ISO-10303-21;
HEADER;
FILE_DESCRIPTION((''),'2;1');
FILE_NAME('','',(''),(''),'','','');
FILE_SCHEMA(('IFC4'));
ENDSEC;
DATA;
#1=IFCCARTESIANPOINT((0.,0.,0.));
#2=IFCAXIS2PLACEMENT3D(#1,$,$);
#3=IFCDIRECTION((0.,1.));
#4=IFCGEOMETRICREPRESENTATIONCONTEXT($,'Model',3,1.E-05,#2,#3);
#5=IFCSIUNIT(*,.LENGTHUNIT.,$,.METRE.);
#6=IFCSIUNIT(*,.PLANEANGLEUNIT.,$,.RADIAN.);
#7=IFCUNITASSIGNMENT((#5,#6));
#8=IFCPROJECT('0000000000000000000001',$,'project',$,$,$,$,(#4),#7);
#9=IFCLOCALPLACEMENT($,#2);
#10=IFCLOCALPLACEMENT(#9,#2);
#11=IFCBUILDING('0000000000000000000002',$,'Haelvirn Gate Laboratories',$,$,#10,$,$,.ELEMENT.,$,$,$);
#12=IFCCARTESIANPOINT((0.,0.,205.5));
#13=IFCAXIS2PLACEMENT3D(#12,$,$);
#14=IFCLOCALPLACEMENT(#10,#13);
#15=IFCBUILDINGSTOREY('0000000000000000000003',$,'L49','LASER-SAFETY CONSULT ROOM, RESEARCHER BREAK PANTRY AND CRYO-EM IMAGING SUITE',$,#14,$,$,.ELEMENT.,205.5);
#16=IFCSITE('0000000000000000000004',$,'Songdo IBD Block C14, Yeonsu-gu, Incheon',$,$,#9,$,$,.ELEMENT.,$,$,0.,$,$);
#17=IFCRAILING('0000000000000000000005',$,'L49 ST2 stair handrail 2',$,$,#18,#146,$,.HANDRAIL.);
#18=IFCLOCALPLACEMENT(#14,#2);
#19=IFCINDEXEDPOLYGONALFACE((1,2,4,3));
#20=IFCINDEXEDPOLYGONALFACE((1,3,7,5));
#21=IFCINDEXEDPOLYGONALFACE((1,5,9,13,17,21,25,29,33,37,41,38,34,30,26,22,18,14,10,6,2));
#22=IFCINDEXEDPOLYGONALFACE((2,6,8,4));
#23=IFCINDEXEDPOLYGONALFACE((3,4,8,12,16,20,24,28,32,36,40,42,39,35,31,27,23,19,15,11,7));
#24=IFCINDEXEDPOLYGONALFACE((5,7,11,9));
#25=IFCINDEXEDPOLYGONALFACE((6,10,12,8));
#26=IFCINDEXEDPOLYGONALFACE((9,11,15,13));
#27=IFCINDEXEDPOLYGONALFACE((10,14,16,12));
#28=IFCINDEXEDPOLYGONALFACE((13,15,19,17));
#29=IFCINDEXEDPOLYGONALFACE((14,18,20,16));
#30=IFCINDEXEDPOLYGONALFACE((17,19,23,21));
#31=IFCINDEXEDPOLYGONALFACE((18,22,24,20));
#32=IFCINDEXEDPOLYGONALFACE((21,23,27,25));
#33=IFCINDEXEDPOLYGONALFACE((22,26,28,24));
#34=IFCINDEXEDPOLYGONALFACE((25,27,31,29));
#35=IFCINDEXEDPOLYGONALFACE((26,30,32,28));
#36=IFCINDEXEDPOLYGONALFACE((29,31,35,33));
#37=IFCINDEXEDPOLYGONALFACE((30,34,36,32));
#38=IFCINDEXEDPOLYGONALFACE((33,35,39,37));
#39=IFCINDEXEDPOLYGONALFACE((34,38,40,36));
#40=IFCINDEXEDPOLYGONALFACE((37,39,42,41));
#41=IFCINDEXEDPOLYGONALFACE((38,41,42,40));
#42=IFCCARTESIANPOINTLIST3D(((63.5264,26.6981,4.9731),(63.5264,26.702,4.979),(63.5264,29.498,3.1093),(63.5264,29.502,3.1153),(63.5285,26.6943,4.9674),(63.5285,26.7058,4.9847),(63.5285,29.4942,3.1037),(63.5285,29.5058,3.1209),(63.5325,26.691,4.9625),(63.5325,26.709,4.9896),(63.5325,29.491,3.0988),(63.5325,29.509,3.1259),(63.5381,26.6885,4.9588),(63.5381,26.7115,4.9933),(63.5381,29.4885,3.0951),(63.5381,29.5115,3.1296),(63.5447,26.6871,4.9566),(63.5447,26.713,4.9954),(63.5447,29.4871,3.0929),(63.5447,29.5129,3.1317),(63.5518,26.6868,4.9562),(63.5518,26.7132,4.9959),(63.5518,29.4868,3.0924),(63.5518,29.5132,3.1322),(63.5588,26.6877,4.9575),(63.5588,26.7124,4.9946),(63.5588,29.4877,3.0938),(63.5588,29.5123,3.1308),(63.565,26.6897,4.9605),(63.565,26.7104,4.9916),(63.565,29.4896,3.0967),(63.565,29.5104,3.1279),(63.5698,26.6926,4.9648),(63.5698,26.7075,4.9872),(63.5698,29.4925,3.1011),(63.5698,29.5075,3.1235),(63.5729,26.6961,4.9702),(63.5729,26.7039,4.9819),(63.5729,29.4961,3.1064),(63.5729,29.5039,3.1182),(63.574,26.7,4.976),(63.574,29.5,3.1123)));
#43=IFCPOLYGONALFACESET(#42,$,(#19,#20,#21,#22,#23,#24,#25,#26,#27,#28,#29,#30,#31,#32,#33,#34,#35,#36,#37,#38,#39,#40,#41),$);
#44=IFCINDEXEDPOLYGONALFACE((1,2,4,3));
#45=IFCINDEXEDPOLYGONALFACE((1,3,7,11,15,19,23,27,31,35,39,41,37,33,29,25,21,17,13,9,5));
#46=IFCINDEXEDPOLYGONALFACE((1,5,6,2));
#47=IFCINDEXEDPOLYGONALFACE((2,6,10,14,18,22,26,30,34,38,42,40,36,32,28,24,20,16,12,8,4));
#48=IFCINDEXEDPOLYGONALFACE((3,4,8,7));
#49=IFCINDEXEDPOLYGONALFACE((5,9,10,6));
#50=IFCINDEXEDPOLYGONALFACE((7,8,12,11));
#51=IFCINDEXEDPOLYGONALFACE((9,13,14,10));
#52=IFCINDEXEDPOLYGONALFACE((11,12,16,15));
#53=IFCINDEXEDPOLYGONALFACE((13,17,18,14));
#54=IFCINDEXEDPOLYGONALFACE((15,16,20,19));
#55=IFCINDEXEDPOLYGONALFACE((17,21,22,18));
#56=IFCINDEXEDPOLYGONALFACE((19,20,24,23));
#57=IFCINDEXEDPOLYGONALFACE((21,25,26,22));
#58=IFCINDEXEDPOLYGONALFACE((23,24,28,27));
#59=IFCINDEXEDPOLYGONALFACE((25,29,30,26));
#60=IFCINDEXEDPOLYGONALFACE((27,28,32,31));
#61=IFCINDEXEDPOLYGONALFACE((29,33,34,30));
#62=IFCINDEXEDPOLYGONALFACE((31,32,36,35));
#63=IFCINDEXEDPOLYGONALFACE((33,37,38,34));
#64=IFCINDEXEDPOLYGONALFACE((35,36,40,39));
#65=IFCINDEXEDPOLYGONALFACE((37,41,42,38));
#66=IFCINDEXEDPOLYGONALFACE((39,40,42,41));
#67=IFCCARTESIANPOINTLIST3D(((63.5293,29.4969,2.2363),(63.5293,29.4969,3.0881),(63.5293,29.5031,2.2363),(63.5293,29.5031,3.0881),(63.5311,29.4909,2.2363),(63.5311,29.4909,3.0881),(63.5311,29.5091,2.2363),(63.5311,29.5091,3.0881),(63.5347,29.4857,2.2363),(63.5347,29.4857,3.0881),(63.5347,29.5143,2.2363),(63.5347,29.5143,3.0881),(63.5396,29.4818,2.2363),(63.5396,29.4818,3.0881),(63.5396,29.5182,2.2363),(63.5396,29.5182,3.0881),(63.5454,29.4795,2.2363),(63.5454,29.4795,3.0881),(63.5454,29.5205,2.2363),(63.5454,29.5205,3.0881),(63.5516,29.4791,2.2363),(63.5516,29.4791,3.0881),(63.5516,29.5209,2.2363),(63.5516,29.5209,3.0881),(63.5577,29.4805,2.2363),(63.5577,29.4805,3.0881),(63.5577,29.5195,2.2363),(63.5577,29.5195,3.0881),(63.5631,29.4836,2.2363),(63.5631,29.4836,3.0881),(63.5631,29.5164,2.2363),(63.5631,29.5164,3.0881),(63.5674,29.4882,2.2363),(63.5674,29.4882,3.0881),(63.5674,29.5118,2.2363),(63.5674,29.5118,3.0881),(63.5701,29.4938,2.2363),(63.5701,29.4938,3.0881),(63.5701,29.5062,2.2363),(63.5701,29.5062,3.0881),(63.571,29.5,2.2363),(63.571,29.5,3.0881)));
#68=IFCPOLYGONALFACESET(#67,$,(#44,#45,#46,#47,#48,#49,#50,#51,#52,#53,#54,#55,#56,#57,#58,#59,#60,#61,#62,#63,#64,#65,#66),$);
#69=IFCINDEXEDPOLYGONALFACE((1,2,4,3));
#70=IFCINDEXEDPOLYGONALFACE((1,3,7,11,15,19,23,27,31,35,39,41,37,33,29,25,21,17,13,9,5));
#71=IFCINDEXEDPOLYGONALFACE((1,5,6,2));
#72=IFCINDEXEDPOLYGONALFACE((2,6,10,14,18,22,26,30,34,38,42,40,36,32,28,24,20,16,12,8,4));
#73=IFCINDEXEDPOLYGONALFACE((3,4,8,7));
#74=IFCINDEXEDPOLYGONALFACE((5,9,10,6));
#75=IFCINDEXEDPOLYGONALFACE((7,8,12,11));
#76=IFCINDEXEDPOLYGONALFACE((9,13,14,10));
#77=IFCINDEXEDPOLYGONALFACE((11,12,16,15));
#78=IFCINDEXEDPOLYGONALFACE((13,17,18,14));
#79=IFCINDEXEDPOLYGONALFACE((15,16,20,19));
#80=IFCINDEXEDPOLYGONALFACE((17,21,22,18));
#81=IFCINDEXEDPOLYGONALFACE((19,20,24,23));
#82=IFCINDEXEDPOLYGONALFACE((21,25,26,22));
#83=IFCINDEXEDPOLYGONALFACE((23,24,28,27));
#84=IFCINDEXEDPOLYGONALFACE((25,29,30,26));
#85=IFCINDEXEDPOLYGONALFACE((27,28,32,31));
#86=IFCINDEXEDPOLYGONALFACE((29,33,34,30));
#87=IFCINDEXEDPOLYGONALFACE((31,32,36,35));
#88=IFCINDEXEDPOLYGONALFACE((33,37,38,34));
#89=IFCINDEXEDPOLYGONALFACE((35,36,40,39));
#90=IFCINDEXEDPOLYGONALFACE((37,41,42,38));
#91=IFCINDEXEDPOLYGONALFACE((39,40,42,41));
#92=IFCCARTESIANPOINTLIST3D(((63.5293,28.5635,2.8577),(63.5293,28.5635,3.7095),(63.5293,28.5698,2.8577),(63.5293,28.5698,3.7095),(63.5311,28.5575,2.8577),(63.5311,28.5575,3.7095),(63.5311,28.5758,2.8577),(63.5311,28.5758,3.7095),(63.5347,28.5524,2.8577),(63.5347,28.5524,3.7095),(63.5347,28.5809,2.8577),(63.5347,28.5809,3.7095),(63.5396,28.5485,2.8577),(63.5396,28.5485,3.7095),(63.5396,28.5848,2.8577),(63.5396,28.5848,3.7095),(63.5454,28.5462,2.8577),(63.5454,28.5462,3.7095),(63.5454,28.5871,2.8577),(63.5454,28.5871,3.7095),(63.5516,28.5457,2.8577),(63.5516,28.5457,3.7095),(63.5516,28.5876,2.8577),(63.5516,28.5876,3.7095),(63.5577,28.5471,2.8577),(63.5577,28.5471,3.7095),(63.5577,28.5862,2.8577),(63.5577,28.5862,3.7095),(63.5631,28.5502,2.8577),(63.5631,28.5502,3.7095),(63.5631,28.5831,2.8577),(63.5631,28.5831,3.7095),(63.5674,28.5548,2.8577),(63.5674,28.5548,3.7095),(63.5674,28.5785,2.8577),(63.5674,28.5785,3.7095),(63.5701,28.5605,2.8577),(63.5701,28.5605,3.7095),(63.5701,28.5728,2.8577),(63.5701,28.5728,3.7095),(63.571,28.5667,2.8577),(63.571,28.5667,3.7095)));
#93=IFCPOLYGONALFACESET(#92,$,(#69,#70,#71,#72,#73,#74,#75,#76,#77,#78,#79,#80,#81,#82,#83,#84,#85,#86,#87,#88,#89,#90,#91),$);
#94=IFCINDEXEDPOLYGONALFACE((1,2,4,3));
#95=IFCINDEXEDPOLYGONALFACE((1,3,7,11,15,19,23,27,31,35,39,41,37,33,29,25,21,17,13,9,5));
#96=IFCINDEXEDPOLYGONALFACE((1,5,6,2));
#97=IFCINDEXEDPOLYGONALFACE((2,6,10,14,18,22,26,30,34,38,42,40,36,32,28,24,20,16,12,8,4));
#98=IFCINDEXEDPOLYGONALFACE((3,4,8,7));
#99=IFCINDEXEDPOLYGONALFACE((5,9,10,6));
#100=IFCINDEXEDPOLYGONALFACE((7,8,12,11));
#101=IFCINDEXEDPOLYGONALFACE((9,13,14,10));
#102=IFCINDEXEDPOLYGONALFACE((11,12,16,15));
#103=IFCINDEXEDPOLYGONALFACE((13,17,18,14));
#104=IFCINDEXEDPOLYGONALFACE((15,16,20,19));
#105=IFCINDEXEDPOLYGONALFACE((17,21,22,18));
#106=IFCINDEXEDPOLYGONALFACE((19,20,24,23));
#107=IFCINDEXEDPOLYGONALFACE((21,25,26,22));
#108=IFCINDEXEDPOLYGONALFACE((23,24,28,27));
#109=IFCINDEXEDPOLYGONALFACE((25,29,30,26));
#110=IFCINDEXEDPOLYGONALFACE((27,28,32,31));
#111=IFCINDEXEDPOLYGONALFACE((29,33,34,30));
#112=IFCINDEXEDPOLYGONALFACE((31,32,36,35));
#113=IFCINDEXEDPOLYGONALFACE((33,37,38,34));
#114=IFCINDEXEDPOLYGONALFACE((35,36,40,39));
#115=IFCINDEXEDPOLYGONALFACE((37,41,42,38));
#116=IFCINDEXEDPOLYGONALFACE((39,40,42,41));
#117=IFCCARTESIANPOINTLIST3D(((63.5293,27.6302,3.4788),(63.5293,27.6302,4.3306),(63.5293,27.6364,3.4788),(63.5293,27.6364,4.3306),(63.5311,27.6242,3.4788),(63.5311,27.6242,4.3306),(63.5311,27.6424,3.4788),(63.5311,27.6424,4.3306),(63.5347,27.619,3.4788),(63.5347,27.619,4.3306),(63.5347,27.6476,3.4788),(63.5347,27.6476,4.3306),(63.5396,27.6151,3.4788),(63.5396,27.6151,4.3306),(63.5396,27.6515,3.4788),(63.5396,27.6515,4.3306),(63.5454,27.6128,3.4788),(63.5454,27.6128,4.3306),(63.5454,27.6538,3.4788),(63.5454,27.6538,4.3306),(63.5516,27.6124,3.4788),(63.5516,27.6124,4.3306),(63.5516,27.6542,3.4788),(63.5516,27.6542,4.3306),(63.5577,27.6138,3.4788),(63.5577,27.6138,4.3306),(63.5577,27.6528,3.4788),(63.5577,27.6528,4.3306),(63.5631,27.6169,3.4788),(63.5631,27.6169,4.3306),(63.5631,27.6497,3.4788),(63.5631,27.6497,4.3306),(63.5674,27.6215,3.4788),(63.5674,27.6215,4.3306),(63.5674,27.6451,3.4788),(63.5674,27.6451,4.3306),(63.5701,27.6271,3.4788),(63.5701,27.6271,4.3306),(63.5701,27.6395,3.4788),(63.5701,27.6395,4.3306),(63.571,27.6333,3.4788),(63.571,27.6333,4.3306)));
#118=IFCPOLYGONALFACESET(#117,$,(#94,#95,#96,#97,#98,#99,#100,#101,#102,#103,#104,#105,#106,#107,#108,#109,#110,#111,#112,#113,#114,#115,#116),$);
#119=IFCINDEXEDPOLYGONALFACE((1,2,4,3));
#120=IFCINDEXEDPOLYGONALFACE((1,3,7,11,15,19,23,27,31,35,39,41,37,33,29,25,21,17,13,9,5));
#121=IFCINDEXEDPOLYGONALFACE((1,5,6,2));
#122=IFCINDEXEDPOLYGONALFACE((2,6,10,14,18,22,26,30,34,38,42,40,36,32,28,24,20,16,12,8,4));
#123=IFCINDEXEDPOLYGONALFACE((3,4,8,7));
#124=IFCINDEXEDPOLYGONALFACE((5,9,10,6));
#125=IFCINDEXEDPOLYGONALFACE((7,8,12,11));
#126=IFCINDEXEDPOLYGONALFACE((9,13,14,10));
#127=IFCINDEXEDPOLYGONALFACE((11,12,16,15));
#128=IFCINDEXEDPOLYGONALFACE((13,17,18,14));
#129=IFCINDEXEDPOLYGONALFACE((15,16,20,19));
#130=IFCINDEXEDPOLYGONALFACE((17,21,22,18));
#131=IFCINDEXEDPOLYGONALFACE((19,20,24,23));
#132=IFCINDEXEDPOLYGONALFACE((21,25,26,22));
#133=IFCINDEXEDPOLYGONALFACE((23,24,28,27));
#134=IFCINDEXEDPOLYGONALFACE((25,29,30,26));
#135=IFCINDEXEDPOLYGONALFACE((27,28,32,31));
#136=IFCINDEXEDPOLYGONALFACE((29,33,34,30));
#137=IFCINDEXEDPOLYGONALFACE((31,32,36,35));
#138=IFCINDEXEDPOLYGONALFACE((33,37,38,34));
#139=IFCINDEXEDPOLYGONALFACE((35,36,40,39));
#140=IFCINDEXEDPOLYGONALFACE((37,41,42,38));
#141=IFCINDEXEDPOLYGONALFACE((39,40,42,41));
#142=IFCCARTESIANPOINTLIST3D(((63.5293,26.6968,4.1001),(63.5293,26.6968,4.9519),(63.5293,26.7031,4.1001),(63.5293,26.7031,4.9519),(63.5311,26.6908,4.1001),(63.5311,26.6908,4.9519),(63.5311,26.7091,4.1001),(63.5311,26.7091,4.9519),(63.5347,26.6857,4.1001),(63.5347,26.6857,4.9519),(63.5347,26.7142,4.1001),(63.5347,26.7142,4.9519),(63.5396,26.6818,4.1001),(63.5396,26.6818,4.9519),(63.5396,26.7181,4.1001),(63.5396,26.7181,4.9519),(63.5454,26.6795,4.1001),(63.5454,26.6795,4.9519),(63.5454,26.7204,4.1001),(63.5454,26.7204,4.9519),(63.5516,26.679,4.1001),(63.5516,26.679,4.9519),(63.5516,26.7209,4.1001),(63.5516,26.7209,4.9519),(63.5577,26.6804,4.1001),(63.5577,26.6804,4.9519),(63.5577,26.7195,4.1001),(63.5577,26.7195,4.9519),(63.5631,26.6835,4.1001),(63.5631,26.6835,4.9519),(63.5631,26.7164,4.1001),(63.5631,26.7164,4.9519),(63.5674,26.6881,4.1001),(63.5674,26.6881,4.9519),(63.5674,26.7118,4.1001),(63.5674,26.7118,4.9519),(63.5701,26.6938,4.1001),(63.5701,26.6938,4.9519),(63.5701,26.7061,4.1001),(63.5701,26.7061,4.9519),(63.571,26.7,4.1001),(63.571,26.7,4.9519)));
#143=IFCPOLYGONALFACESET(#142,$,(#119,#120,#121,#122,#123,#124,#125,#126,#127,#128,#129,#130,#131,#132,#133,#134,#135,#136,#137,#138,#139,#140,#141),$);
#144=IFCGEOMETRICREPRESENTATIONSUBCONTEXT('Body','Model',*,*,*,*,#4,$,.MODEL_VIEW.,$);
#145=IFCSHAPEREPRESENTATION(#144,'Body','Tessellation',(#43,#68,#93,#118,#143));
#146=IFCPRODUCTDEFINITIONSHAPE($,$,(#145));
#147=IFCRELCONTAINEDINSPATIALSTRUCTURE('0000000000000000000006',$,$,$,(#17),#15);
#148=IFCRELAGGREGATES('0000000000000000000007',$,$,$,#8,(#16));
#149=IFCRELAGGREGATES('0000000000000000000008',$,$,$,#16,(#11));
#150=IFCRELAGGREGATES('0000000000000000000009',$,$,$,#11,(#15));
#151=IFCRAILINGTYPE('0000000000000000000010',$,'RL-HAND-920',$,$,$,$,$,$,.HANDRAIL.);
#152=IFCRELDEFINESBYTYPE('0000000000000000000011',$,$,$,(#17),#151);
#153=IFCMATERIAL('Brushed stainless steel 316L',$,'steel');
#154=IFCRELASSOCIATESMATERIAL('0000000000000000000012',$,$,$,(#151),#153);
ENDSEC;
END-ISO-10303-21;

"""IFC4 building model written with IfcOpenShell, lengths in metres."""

from ifc_helpers import new_model, si_unit, direction, frame, origin, origin_2d, place, context, subcontext, project, spatial, circle, extrude, source, transform, mapped, material, type_object, element, save


model = new_model("IFC4")

# Units and contexts
model_context = context("Model", 3, precision=1e-05, world=origin(), true_north=direction((0.0, 1.0)))
body_context = subcontext(model_context, "Body", "Model", "MODEL_VIEW")
ifc_project = project(units=[si_unit("LENGTHUNIT", "METRE"), si_unit("PLANEANGLEUNIT", "RADIAN")], contexts=[model_context])

# Site, building, storey
site_placement = place(None, origin())
site = spatial("IfcSite", under=ifc_project, at=site_placement, Name="Songdo IBD Block C14, Yeonsu-gu, Incheon", CompositionType="ELEMENT", RefElevation=0.0)
building_placement = place(site_placement, origin())
building = spatial("IfcBuilding", under=site, at=building_placement, Name="Haelvirn Gate Laboratories", CompositionType="ELEMENT")
storey_placement = place(building_placement, frame((0.0, 0.0, 205.5)))
storey = spatial("IfcBuildingStorey", under=building, at=storey_placement, Name="L49", Description="LASER-SAFETY CONSULT ROOM, RESEARCHER BREAK PANTRY AND CRYO-EM IMAGING SUITE", CompositionType="ELEMENT", Elevation=205.5)

# Railing
ifc_material_1 = material(Name="Brushed stainless steel 316L", Category="steel")
railing_type_1 = type_object("IfcRailingType", Name="RL-HAND-920", PredefinedType="HANDRAIL", material=ifc_material_1)
shared_shape_1 = source(origin(), body_context, "Body", "SweptSolid", [
    extrude(circle(Radius=0.0239, at=origin_2d()), frame((0.0, 0.0, 0.876), z_axis=(0.0, -0.832452, 0.554097), x_axis=(1.0, 0.0, 0.0)), (0.0, 0.0, 1.0), 3.3635),
    extrude(circle(Radius=0.021, at=origin_2d()), origin(), (0.0, 0.0, 1.0), 0.8518),
    extrude(circle(Radius=0.021, at=origin_2d()), frame((0.0, -0.9333, 0.6213)), (0.0, 0.0, 1.0), 0.8518),
    extrude(circle(Radius=0.021, at=origin_2d()), frame((0.0, -1.8667, 1.2424)), (0.0, 0.0, 1.0), 0.8518),
    extrude(circle(Radius=0.021, at=origin_2d()), frame((0.0, -2.8, 1.8638)), (0.0, 0.0, 1.0), 0.8518),
])
railing_1_placement = place(storey_placement, frame((63.55, 29.5, 2.2363)))
element("IfcRailing", 1, at=railing_1_placement, inside=storey, type_object=railing_type_1, Name="L49 ST2 stair handrail 2", PredefinedType="HANDRAIL", context=body_context, shape_type="MappedRepresentation", body=[
    mapped(shared_shape_1, transform((0.0, 0.0, 0.0), scale=1.0)),
])

save(model, "model.ifc")
